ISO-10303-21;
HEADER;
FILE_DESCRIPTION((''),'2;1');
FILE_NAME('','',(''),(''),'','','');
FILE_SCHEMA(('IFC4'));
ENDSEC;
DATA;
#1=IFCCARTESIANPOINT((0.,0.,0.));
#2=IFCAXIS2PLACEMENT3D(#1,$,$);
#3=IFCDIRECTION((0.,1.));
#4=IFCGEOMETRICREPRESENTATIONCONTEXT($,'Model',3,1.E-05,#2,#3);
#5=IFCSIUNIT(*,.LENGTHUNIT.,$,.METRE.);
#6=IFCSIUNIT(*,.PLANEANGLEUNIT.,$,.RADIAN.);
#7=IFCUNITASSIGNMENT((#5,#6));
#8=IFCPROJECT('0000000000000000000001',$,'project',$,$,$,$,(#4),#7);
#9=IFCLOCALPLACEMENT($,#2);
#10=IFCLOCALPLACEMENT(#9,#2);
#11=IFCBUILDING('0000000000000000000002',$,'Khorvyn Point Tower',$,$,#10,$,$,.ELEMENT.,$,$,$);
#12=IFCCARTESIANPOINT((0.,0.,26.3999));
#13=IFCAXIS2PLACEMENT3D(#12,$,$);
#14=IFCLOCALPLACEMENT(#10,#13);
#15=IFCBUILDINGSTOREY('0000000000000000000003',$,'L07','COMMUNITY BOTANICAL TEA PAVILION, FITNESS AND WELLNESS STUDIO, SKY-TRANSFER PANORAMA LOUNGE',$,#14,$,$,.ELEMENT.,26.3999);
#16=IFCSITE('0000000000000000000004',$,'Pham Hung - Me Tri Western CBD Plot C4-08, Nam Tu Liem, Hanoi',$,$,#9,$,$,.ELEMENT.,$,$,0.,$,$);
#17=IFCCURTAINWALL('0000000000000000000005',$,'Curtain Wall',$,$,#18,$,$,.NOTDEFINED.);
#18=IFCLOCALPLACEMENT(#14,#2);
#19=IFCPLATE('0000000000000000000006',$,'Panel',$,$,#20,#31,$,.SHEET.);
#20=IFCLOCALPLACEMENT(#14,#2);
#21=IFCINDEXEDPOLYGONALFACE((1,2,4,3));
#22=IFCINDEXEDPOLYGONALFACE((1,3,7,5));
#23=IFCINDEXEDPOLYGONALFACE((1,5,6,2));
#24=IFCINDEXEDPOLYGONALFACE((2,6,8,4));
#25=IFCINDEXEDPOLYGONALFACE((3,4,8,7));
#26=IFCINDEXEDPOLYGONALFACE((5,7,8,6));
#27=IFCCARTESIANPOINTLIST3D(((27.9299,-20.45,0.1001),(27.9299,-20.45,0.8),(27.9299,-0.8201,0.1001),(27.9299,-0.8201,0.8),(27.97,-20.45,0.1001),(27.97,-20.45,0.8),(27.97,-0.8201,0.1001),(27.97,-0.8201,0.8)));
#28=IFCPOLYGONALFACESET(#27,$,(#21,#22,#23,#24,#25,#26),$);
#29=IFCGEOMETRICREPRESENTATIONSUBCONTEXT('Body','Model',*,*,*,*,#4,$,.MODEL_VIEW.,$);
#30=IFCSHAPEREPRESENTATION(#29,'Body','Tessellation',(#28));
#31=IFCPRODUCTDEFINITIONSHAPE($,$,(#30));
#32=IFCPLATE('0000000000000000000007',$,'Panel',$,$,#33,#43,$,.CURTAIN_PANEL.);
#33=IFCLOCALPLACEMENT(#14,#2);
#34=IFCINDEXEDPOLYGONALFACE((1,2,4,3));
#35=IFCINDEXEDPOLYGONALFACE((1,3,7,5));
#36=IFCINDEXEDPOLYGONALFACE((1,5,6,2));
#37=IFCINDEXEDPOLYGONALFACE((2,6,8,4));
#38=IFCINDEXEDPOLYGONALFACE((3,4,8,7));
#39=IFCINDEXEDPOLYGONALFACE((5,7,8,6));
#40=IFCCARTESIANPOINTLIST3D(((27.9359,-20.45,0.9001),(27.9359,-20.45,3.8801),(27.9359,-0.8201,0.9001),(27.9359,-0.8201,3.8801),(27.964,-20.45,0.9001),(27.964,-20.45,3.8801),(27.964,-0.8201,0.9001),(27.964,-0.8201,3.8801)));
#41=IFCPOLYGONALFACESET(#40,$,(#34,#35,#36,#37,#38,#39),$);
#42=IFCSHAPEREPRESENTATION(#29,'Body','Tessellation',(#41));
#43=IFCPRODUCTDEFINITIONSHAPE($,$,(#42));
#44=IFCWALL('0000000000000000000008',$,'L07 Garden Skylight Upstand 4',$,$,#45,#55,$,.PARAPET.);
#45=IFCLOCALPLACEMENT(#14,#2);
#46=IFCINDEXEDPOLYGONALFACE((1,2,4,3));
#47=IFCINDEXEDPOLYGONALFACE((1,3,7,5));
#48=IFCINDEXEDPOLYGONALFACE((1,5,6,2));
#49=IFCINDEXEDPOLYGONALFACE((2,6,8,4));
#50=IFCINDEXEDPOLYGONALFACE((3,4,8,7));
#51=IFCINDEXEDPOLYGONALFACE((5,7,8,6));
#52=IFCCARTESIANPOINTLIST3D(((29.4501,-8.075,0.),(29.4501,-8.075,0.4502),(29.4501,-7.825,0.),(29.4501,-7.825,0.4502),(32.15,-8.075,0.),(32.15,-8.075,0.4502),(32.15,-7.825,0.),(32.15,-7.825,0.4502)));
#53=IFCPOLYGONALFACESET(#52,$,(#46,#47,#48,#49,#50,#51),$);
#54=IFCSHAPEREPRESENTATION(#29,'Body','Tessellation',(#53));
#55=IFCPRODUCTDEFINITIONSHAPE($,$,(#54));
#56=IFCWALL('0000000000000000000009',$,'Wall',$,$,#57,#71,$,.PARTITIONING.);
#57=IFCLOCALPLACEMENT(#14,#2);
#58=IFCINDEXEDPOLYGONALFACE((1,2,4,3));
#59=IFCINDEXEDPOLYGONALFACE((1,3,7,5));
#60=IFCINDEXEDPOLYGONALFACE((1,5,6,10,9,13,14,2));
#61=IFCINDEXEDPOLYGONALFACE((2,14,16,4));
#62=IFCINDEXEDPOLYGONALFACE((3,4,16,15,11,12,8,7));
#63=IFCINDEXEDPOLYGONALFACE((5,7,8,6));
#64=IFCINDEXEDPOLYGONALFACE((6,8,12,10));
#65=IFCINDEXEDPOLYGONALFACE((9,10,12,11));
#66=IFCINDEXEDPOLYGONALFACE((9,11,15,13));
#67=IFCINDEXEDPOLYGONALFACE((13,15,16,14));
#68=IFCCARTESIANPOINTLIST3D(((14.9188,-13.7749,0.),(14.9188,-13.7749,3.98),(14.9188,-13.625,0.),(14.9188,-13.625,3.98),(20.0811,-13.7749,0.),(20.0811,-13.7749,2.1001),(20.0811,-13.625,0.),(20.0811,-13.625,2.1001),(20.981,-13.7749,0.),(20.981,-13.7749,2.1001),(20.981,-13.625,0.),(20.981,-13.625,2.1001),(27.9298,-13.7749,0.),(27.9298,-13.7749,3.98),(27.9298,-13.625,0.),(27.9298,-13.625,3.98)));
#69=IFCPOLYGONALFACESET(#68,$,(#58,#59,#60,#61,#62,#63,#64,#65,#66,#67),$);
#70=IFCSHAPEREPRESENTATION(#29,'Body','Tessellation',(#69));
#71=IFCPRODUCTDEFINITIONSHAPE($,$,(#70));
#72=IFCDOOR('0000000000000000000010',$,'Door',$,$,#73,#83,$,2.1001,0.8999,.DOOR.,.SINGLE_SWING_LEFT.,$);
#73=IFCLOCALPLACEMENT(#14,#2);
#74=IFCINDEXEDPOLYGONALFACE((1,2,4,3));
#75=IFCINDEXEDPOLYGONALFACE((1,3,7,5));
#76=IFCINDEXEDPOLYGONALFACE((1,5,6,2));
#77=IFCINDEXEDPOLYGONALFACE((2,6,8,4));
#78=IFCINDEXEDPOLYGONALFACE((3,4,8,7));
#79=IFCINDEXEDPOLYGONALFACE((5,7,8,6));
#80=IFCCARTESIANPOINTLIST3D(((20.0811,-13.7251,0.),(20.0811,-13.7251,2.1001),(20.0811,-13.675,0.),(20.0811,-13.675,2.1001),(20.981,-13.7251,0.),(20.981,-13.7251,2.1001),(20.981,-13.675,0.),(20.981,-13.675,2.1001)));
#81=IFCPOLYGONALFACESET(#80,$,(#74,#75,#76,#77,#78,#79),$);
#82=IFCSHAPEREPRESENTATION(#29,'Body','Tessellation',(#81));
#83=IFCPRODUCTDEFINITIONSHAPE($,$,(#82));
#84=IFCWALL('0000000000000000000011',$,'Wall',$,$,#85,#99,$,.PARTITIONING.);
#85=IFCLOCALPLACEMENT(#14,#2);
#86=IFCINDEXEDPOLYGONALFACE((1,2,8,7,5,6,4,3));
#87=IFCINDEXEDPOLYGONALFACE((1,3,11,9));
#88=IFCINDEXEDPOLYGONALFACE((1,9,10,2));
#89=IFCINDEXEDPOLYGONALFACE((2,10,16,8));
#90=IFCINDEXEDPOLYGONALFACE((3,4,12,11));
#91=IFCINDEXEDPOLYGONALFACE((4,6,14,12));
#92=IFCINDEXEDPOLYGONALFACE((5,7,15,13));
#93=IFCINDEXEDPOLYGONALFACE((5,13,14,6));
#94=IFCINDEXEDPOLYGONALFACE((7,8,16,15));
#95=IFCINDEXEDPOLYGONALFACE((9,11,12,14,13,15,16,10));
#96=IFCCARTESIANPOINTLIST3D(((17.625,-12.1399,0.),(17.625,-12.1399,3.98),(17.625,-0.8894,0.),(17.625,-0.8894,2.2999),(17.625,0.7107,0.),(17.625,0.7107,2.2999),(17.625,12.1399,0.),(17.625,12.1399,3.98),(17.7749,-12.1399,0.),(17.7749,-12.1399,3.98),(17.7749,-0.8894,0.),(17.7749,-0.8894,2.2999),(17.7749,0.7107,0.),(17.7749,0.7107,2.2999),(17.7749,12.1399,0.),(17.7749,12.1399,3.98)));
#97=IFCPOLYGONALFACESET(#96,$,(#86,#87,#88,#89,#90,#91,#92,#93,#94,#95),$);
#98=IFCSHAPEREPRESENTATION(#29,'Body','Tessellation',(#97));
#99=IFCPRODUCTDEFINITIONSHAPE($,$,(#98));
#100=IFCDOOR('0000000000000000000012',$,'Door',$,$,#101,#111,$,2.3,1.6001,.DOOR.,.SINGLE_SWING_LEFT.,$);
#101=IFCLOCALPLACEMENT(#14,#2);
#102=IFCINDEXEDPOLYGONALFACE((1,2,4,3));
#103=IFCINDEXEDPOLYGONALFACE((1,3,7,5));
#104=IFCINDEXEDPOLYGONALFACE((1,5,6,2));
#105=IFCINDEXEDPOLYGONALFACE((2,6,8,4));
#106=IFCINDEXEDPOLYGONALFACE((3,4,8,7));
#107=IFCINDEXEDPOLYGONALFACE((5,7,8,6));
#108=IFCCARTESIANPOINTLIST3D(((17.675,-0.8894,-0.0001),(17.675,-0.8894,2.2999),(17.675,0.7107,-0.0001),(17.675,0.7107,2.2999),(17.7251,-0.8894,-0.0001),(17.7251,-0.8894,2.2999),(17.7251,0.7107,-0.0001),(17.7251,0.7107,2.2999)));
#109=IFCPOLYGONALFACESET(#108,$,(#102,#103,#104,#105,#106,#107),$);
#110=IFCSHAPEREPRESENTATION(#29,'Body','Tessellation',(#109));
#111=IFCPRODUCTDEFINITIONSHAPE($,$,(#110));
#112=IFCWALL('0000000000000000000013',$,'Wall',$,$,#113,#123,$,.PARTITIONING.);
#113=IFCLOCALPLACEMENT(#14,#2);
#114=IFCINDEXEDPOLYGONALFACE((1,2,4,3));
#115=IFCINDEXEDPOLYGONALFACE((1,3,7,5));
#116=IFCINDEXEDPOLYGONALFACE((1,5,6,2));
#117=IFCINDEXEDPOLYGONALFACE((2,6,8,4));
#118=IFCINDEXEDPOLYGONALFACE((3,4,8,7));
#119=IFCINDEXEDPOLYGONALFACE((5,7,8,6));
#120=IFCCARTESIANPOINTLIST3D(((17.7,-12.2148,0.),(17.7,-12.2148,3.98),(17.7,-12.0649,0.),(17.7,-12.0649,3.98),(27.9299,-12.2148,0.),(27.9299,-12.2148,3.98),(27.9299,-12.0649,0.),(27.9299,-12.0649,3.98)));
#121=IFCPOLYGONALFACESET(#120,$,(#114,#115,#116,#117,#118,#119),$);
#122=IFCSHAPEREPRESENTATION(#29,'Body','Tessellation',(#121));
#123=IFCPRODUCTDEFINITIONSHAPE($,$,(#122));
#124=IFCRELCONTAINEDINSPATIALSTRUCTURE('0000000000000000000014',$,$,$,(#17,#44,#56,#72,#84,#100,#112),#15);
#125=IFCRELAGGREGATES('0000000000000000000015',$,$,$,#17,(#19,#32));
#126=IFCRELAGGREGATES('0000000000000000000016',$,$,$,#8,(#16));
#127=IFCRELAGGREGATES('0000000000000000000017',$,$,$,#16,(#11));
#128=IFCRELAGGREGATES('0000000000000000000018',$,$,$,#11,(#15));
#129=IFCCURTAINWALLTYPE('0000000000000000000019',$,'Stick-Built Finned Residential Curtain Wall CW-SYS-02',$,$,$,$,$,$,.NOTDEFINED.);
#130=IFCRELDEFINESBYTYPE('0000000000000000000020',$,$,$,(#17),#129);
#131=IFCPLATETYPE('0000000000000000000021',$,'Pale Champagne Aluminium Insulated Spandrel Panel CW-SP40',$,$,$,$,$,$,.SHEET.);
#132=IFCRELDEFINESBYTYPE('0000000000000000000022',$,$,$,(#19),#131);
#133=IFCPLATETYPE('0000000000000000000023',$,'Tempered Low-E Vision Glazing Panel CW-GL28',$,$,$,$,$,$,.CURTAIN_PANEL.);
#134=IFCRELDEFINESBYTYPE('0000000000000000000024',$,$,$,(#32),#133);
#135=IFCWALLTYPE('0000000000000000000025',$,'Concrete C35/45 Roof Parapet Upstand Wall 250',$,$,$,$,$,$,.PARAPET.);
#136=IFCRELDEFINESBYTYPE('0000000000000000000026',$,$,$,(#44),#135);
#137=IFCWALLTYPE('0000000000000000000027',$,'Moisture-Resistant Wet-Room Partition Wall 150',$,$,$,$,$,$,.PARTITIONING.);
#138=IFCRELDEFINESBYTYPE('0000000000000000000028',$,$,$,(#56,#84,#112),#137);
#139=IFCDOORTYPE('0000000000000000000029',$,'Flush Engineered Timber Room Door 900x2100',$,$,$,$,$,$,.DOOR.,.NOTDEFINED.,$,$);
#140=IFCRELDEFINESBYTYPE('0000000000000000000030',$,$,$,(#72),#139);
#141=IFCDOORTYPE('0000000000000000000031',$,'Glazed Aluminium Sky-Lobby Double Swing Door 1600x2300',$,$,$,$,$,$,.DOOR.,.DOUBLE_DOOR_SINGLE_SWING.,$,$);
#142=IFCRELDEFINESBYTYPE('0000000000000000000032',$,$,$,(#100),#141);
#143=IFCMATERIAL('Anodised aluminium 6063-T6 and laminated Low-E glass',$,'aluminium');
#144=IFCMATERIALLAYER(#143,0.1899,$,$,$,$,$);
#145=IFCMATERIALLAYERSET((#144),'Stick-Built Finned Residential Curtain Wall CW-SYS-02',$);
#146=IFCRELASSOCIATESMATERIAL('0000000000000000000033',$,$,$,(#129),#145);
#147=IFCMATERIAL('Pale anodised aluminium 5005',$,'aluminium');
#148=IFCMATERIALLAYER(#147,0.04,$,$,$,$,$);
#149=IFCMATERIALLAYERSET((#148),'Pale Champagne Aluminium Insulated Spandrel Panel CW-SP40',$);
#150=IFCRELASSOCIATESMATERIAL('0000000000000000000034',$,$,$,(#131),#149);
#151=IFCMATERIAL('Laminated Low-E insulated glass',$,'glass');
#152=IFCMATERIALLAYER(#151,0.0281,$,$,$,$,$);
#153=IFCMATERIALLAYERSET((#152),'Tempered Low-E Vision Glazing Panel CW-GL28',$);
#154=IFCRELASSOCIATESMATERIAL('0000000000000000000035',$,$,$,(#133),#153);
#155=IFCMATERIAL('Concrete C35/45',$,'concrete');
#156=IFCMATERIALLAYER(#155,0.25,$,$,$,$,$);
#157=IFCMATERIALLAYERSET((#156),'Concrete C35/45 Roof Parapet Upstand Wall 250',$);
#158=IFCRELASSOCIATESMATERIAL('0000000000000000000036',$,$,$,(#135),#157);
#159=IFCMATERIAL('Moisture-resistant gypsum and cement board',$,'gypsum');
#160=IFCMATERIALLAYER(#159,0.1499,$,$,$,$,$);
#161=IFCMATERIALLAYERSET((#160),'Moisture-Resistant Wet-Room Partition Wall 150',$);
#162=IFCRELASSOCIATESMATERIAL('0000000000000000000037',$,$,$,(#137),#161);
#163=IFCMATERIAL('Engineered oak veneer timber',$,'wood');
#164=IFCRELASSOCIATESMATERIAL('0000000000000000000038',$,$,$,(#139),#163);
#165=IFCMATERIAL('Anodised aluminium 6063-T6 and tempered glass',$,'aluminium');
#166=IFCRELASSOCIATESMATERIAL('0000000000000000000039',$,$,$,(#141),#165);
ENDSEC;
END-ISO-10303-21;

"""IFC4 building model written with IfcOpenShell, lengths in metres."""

from ifc_helpers import new_model, si_unit, direction, frame, frame_2d, origin, origin_2d, place, context, subcontext, project, spatial, rectangle, extrude, material, layer, layer_set, type_object, element, fill, aggregate, save


model = new_model("IFC4")

# Units and contexts
model_context = context("Model", 3, precision=1e-05, world=origin(), true_north=direction((0.0, 1.0)))
body_context = subcontext(model_context, "Body", "Model", "MODEL_VIEW")
ifc_project = project(units=[si_unit("LENGTHUNIT", "METRE"), si_unit("PLANEANGLEUNIT", "RADIAN")], contexts=[model_context])

# Site, building, storey
site_placement = place(None, origin())
site = spatial("IfcSite", under=ifc_project, at=site_placement, Name="Pham Hung - Me Tri Western CBD Plot C4-08, Nam Tu Liem, Hanoi", CompositionType="ELEMENT", RefElevation=0.0)
building_placement = place(site_placement, origin())
building = spatial("IfcBuilding", under=site, at=building_placement, Name="Khorvyn Point Tower", CompositionType="ELEMENT")
storey_placement = place(building_placement, frame((0.0, 0.0, 26.3999)))
storey = spatial("IfcBuildingStorey", under=building, at=storey_placement, Name="L07", Description="COMMUNITY BOTANICAL TEA PAVILION, FITNESS AND WELLNESS STUDIO, SKY-TRANSFER PANORAMA LOUNGE", CompositionType="ELEMENT", Elevation=26.3999)

# Curtain wall
ifc_material_1 = material(Name="Anodised aluminium 6063-T6 and laminated Low-E glass", Category="aluminium")
ifc_layer_1 = layer(ifc_material_1, 0.1899)
ifc_layer_set_1 = layer_set([ifc_layer_1], Name="Stick-Built Finned Residential Curtain Wall CW-SYS-02")
curtain_wall_type = type_object("IfcCurtainWallType", Name="Stick-Built Finned Residential Curtain Wall CW-SYS-02", PredefinedType="NOTDEFINED", material=ifc_layer_set_1)
curtain_wall_placement = place(storey_placement, origin())
curtain_wall = element("IfcCurtainWall", 1, at=curtain_wall_placement, inside=storey, type_object=curtain_wall_type, Name="Curtain Wall", PredefinedType="NOTDEFINED")

# Plates
ifc_material_2 = material(Name="Pale anodised aluminium 5005", Category="aluminium")
ifc_layer_2 = layer(ifc_material_2, 0.04)
ifc_layer_set_2 = layer_set([ifc_layer_2], Name="Pale Champagne Aluminium Insulated Spandrel Panel CW-SP40")
plate_type_1 = type_object("IfcPlateType", Name="Pale Champagne Aluminium Insulated Spandrel Panel CW-SP40", PredefinedType="SHEET", material=ifc_layer_set_2)
plate_1_placement = place(storey_placement, frame((27.95, -10.635, 0.1001), z_axis=(0.0, 0.0, 1.0), x_axis=(0.0, -1.0, 0.0)))
plate_1 = element("IfcPlate", 2, at=plate_1_placement, type_object=plate_type_1, Name="Panel", PredefinedType="SHEET", context=body_context, shape_type="SweptSolid", body=[
    extrude(rectangle(XDim=19.6299, YDim=0.04, at=origin_2d()), origin(), (0.0, 0.0, 1.0), 0.7),
])
ifc_material_3 = material(Name="Laminated Low-E insulated glass", Category="glass")
ifc_layer_3 = layer(ifc_material_3, 0.0281)
ifc_layer_set_3 = layer_set([ifc_layer_3], Name="Tempered Low-E Vision Glazing Panel CW-GL28")
plate_type_2 = type_object("IfcPlateType", Name="Tempered Low-E Vision Glazing Panel CW-GL28", PredefinedType="CURTAIN_PANEL", material=ifc_layer_set_3)
plate_2_placement = place(storey_placement, frame((27.95, -10.635, 0.9001), z_axis=(0.0, 0.0, 1.0), x_axis=(0.0, -1.0, 0.0)))
plate_2 = element("IfcPlate", 3, at=plate_2_placement, type_object=plate_type_2, Name="Panel", PredefinedType="CURTAIN_PANEL", context=body_context, shape_type="SweptSolid", body=[
    extrude(rectangle(XDim=19.6299, YDim=0.0281, at=origin_2d()), origin(), (0.0, 0.0, 1.0), 2.98),
])
aggregate(curtain_wall, [plate_1, plate_2])

# Wall
ifc_material_4 = material(Name="Concrete C35/45", Category="concrete")
ifc_layer_4 = layer(ifc_material_4, 0.25)
ifc_layer_set_4 = layer_set([ifc_layer_4], Name="Concrete C35/45 Roof Parapet Upstand Wall 250")
wall_type_1 = type_object("IfcWallType", Name="Concrete C35/45 Roof Parapet Upstand Wall 250", PredefinedType="PARAPET", material=ifc_layer_set_4)
wall_1_placement = place(storey_placement, frame((29.45, -7.95, 0.0), z_axis=(0.0, 0.0, 1.0), x_axis=(1.0, 0.0, 0.0)))
element("IfcWall", 4, at=wall_1_placement, inside=storey, type_object=wall_type_1, Name="L07 Garden Skylight Upstand 4", PredefinedType="PARAPET", context=body_context, shape_type="SweptSolid", body=[
    extrude(rectangle(XDim=2.7, YDim=0.25, at=frame_2d((1.3501, 0.0))), origin(), (0.0, 0.0, 1.0), 0.4502),
])

# Walls, openings, doors
ifc_material_5 = material(Name="Moisture-resistant gypsum and cement board", Category="gypsum")
ifc_layer_5 = layer(ifc_material_5, 0.1499)
ifc_layer_set_5 = layer_set([ifc_layer_5], Name="Moisture-Resistant Wet-Room Partition Wall 150")
wall_type_2 = type_object("IfcWallType", Name="Moisture-Resistant Wet-Room Partition Wall 150", PredefinedType="PARTITIONING", material=ifc_layer_set_5)
wall_2_placement = place(storey_placement, frame((14.9189, -13.7, 0.0), z_axis=(0.0, 0.0, 1.0), x_axis=(1.0, 0.0, 0.0)))
wall_2 = element("IfcWall", 5, at=wall_2_placement, inside=storey, type_object=wall_type_2, Name="Wall", PredefinedType="PARTITIONING", context=body_context, shape_type="SweptSolid", body=[
    extrude(rectangle(XDim=13.011, YDim=0.1499, at=frame_2d((6.5054, 0.0))), origin(), (0.0, 0.0, 1.0), 3.98),
])
opening_1_placement = place(wall_2_placement, frame((5.1621, 0.0, 0.0)))
opening_1 = element("IfcOpeningElement", 6, at=opening_1_placement, cuts=wall_2, PredefinedType="OPENING", context=body_context, shape_type="SweptSolid", body=[
    extrude(rectangle(XDim=0.8999, YDim=2.1001, at=frame_2d((0.45, 1.05))), frame((0.0, 0.085, 0.0), z_axis=(0.0, -1.0, 0.0), x_axis=(1.0, 0.0, 0.0)), (0.0, 0.0, 1.0), 0.1699),
])
ifc_material_6 = material(Name="Engineered oak veneer timber", Category="wood")
door_type_1 = type_object("IfcDoorType", Name="Flush Engineered Timber Room Door 900x2100", OperationType="NOTDEFINED", PredefinedType="DOOR", material=ifc_material_6)
door_1_placement = place(opening_1_placement, origin())
door_1 = element("IfcDoor", 7, at=door_1_placement, inside=storey, type_object=door_type_1, Name="Door", OperationType="SINGLE_SWING_LEFT", OverallHeight=2.1001, OverallWidth=0.8999, PredefinedType="DOOR", context=body_context, shape_type="SweptSolid", body=[
    extrude(rectangle(XDim=0.8999, YDim=2.1001, at=frame_2d((0.45, 1.05))), frame((0.0, 0.0249, 0.0), z_axis=(0.0, -1.0, 0.0), x_axis=(1.0, 0.0, 0.0)), (0.0, 0.0, 1.0), 0.05),
])
fill(opening_1, door_1)
wall_3_placement = place(storey_placement, frame((17.7, -12.1399, 0.0), z_axis=(0.0, 0.0, 1.0), x_axis=(0.0, 1.0, 0.0)))
wall_3 = element("IfcWall", 8, at=wall_3_placement, inside=storey, type_object=wall_type_2, Name="Wall", PredefinedType="PARTITIONING", context=body_context, shape_type="SweptSolid", body=[
    extrude(rectangle(XDim=24.2798, YDim=0.1499, at=frame_2d((12.1399, 0.0))), origin(), (0.0, 0.0, 1.0), 3.98),
])
opening_2_placement = place(wall_3_placement, frame((11.2505, 0.0, 0.0)))
opening_2 = element("IfcOpeningElement", 9, at=opening_2_placement, cuts=wall_3, PredefinedType="OPENING", context=body_context, shape_type="SweptSolid", body=[
    extrude(rectangle(XDim=1.6001, YDim=2.3, at=frame_2d((0.8, 1.1499))), frame((0.0, 0.085, 0.0), z_axis=(0.0, -1.0, 0.0), x_axis=(1.0, 0.0, 0.0)), (0.0, 0.0, 1.0), 0.1699),
])
ifc_material_7 = material(Name="Anodised aluminium 6063-T6 and tempered glass", Category="aluminium")
door_type_2 = type_object("IfcDoorType", Name="Glazed Aluminium Sky-Lobby Double Swing Door 1600x2300", OperationType="DOUBLE_DOOR_SINGLE_SWING", PredefinedType="DOOR", material=ifc_material_7)
door_2_placement = place(opening_2_placement, origin())
door_2 = element("IfcDoor", 10, at=door_2_placement, inside=storey, type_object=door_type_2, Name="Door", OperationType="SINGLE_SWING_LEFT", OverallHeight=2.3, OverallWidth=1.6001, PredefinedType="DOOR", context=body_context, shape_type="SweptSolid", body=[
    extrude(rectangle(XDim=1.6001, YDim=2.3, at=frame_2d((0.8, 1.1499))), frame((0.0, 0.0249, 0.0), z_axis=(0.0, -1.0, 0.0), x_axis=(1.0, 0.0, 0.0)), (0.0, 0.0, 1.0), 0.05),
])
fill(opening_2, door_2)

# Wall
wall_4_placement = place(storey_placement, frame((17.7, -12.1399, 0.0), z_axis=(0.0, 0.0, 1.0), x_axis=(1.0, 0.0, 0.0)))
element("IfcWall", 11, at=wall_4_placement, inside=storey, type_object=wall_type_2, Name="Wall", PredefinedType="PARTITIONING", context=body_context, shape_type="SweptSolid", body=[
    extrude(rectangle(XDim=10.23, YDim=0.1499, at=frame_2d((5.115, 0.0))), origin(), (0.0, 0.0, 1.0), 3.98),
])

save(model, "model.ifc")
